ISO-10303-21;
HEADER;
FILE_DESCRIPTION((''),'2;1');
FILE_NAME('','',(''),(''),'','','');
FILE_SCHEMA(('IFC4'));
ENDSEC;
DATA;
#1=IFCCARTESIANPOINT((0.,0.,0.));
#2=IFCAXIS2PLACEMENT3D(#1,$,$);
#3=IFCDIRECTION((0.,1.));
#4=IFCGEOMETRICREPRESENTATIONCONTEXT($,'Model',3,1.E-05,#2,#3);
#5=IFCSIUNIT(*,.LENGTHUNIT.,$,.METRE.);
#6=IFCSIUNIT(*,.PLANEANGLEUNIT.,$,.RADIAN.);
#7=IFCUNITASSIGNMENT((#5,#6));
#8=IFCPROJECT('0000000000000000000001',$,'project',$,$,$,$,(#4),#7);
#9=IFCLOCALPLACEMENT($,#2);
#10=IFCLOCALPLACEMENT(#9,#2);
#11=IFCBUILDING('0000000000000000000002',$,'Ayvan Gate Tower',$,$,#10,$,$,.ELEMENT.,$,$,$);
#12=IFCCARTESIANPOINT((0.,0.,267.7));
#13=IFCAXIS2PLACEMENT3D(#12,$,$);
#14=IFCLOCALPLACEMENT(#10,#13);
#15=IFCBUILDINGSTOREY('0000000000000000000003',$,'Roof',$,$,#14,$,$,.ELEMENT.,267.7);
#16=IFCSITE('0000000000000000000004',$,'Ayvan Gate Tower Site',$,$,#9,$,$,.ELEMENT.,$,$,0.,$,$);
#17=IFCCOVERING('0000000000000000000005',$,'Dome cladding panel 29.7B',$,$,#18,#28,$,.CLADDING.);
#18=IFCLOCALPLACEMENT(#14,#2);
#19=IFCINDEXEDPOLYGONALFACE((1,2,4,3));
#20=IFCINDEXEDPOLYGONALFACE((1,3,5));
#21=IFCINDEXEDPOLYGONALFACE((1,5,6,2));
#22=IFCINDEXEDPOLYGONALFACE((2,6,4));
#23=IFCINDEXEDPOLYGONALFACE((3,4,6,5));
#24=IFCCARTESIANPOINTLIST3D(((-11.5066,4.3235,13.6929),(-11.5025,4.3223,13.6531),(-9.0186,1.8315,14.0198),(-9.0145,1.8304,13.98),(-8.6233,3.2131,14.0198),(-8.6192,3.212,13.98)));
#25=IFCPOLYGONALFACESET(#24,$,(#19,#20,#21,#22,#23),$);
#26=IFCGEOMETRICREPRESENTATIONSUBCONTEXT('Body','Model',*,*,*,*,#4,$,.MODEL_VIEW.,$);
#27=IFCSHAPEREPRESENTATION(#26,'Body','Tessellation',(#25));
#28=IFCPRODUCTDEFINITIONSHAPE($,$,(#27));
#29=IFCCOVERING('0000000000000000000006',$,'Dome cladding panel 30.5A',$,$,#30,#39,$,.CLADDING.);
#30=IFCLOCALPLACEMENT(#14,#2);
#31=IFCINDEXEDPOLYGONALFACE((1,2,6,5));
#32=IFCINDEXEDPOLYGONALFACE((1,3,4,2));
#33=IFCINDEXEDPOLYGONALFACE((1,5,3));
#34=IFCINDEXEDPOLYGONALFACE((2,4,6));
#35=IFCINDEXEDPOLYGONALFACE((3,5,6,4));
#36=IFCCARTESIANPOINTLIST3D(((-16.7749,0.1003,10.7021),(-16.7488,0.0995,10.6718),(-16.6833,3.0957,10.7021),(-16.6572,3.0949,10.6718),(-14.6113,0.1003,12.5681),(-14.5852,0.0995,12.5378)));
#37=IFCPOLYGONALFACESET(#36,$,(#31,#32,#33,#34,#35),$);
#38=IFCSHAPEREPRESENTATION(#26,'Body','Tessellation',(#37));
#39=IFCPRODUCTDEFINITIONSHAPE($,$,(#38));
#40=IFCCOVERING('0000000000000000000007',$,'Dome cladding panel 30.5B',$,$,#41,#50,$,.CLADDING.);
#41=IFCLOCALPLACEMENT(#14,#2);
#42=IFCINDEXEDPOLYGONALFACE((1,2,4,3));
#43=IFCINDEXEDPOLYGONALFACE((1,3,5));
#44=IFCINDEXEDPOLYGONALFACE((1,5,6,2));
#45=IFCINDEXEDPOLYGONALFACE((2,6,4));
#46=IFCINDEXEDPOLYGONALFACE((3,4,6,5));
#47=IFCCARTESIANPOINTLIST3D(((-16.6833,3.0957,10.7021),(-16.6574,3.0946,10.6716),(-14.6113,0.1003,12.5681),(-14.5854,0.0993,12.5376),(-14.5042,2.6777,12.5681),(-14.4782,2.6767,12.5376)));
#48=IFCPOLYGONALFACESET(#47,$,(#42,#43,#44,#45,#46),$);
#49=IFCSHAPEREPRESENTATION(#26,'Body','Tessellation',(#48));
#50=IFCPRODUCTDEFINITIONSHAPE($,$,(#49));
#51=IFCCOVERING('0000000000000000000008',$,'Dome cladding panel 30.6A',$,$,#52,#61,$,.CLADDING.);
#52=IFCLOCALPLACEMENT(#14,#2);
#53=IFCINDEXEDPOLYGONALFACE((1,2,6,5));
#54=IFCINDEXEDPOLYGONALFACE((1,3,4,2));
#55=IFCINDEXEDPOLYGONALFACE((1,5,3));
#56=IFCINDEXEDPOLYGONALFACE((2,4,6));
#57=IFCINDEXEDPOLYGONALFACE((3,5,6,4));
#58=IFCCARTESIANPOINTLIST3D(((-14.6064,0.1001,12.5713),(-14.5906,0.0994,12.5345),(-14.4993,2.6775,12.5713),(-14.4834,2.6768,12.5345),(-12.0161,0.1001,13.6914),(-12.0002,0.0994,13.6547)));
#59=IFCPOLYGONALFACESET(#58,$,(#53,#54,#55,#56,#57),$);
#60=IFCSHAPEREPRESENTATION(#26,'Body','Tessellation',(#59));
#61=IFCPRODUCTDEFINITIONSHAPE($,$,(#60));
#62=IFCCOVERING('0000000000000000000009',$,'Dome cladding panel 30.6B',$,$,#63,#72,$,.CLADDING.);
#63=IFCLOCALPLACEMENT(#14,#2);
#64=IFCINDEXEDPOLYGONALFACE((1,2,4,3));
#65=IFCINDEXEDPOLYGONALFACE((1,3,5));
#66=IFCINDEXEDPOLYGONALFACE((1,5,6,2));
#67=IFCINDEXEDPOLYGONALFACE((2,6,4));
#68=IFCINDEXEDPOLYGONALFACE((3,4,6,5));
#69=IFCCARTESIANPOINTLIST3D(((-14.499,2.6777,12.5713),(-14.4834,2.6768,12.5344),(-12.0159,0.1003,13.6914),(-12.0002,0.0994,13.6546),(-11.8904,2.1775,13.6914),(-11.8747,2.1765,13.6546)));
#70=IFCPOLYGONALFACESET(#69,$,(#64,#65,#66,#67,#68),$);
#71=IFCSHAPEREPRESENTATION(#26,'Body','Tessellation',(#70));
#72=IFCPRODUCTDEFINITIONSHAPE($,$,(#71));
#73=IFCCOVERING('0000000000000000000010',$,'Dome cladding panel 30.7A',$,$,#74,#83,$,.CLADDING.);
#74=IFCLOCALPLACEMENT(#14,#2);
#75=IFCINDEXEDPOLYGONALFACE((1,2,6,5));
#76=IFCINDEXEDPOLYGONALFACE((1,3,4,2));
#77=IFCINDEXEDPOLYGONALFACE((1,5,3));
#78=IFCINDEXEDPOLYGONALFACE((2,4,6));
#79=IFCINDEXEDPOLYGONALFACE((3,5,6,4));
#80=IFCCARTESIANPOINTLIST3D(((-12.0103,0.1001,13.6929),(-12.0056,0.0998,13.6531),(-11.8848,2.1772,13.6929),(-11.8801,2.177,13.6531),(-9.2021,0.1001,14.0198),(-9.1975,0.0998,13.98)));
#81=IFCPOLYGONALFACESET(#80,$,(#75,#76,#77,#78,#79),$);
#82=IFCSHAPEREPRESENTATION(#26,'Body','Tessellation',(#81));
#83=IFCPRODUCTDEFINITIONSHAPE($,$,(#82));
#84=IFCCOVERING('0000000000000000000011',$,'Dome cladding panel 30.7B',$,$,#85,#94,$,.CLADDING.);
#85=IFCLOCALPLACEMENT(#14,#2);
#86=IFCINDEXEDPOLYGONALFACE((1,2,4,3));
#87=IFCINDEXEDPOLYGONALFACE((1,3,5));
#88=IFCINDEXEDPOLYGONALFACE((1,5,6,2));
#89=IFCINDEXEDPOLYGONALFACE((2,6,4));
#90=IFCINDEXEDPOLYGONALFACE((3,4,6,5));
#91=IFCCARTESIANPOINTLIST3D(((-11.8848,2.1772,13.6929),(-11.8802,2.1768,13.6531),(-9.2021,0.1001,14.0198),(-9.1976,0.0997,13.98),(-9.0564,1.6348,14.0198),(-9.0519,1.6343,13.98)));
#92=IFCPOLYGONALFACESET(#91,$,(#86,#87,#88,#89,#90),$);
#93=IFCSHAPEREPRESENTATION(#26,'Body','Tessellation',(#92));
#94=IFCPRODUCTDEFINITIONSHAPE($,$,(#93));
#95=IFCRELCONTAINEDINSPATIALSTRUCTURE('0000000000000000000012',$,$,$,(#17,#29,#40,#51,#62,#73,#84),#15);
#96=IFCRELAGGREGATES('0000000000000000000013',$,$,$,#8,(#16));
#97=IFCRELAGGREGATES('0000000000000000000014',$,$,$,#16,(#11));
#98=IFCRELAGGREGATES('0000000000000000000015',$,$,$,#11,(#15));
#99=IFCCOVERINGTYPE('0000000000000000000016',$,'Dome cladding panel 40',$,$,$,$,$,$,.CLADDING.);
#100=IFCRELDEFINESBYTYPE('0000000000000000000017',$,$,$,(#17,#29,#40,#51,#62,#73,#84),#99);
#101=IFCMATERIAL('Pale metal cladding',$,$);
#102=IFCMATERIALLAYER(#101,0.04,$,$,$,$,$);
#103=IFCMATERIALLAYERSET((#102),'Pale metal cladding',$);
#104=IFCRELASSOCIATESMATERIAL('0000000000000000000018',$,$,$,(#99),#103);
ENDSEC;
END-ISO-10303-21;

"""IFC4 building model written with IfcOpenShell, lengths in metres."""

from ifc_helpers import new_model, si_unit, direction, frame, origin, place, context, subcontext, project, spatial, polyline, outline, extrude, material, layer, layer_set, type_object, element, save


model = new_model("IFC4")

# Units and contexts
model_context = context("Model", 3, precision=1e-05, world=origin(), true_north=direction((0.0, 1.0)))
body_context = subcontext(model_context, "Body", "Model", "MODEL_VIEW")
ifc_project = project(units=[si_unit("LENGTHUNIT", "METRE"), si_unit("PLANEANGLEUNIT", "RADIAN")], contexts=[model_context])

# Site, building, storey
site_placement = place(None, origin())
site = spatial("IfcSite", under=ifc_project, at=site_placement, Name="Ayvan Gate Tower Site", CompositionType="ELEMENT", RefElevation=0.0)
building_placement = place(site_placement, origin())
building = spatial("IfcBuilding", under=site, at=building_placement, Name="Ayvan Gate Tower", CompositionType="ELEMENT")
storey_placement = place(building_placement, frame((0.0, 0.0, 267.7)))
storey = spatial("IfcBuildingStorey", under=building, at=storey_placement, Name="Roof", CompositionType="ELEMENT", Elevation=267.7)

# Coverings
ifc_material_1 = material(Name="Pale metal cladding")
ifc_layer_1 = layer(ifc_material_1, 0.04)
ifc_layer_set_1 = layer_set([ifc_layer_1], Name="Pale metal cladding")
covering_type = type_object("IfcCoveringType", Name="Dome cladding panel 40", PredefinedType="CLADDING", material=ifc_layer_set_1)
covering_1_placement = place(storey_placement, frame((-11.5066, 4.3235, 13.6929), z_axis=(-0.101555, 0.029054, 0.994406), x_axis=(0.703527, -0.704631, 0.092437)))
element("IfcCovering", 1, at=covering_1_placement, inside=storey, type_object=covering_type, Name="Dome cladding panel 29.7B", PredefinedType="CLADDING", context=body_context, shape_type="SweptSolid", body=[
    extrude(outline(polyline([(0.0, 0.0), (3.5365, 0.0), (2.8411, 1.2575), (0.0, 0.0)])), origin(), (0.0, 0.0, -1.0), 0.04),
])
covering_2_placement = place(storey_placement, frame((-16.6833, 3.0957, 10.7021), z_axis=(-0.652973, 0.019958, 0.757118), x_axis=(-0.030551, -0.999533, 0.0)))
element("IfcCovering", 2, at=covering_2_placement, inside=storey, type_object=covering_type, Name="Dome cladding panel 30.5A", PredefinedType="CLADDING", context=body_context, shape_type="SweptSolid", body=[
    extrude(outline(polyline([(0.0, 0.0), (2.9968, 0.0), (2.9307, 2.8563), (0.0, 0.0)])), origin(), (0.0, 0.0, -1.0), 0.04),
])
covering_3_placement = place(storey_placement, frame((-16.6833, 3.0957, 10.7021), z_axis=(-0.647187, 0.026912, 0.761856), x_axis=(0.506316, -0.731942, 0.455965)))
element("IfcCovering", 3, at=covering_3_placement, inside=storey, type_object=covering_type, Name="Dome cladding panel 30.5B", PredefinedType="CLADDING", context=body_context, shape_type="SweptSolid", body=[
    extrude(outline(polyline([(0.0, 0.0), (4.0923, 0.0), (2.2601, 1.8159), (0.0, 0.0)])), origin(), (0.0, 0.0, -1.0), 0.04),
])
covering_4_placement = place(storey_placement, frame((-14.4993, 2.6775, 12.5713), z_axis=(-0.396849, 0.016502, 0.917735), x_axis=(-0.041548, -0.999137, 0.0)))
element("IfcCovering", 4, at=covering_4_placement, inside=storey, type_object=covering_type, Name="Dome cladding panel 30.6A", PredefinedType="CLADDING", context=body_context, shape_type="SweptSolid", body=[
    extrude(outline(polyline([(0.0, 0.0), (2.5796, 0.0), (2.472, 2.8201), (0.0, 0.0)])), origin(), (0.0, 0.0, -1.0), 0.04),
])
covering_5_placement = place(storey_placement, frame((-14.499, 2.6777, 12.5713), z_axis=(-0.390618, 0.023599, 0.92025), x_axis=(0.662147, -0.687276, 0.298685)))
element("IfcCovering", 5, at=covering_5_placement, inside=storey, type_object=covering_type, Name="Dome cladding panel 30.6B", PredefinedType="CLADDING", context=body_context, shape_type="SweptSolid", body=[
    extrude(outline(polyline([(0.0, 0.0), (3.7502, 0.0), (2.4057, 1.5883), (0.0, 0.0)])), origin(), (0.0, 0.0, -1.0), 0.04),
])
covering_6_placement = place(storey_placement, frame((-11.8848, 2.1772, 13.6929), z_axis=(-0.115631, 0.006986, 0.993268), x_axis=(-0.060304, -0.99818, 0.0)))
element("IfcCovering", 6, at=covering_6_placement, inside=storey, type_object=covering_type, Name="Dome cladding panel 30.7A", PredefinedType="CLADDING", context=body_context, shape_type="SweptSolid", body=[
    extrude(outline(polyline([(0.0, 0.0), (2.0809, 0.0), (1.9116, 2.822), (0.0, 0.0)])), origin(), (0.0, 0.0, -1.0), 0.04),
])
covering_7_placement = place(storey_placement, frame((-11.8848, 2.1772, 13.6929), z_axis=(-0.112782, 0.010711, 0.993562), x_axis=(0.787038, -0.609403, 0.095909)))
element("IfcCovering", 7, at=covering_7_placement, inside=storey, type_object=covering_type, Name="Dome cladding panel 30.7B", PredefinedType="CLADDING", context=body_context, shape_type="SweptSolid", body=[
    extrude(outline(polyline([(0.0, 0.0), (3.4085, 0.0), (2.588, 1.3051), (0.0, 0.0)])), origin(), (0.0, 0.0, -1.0), 0.04),
])

save(model, "model.ifc")
